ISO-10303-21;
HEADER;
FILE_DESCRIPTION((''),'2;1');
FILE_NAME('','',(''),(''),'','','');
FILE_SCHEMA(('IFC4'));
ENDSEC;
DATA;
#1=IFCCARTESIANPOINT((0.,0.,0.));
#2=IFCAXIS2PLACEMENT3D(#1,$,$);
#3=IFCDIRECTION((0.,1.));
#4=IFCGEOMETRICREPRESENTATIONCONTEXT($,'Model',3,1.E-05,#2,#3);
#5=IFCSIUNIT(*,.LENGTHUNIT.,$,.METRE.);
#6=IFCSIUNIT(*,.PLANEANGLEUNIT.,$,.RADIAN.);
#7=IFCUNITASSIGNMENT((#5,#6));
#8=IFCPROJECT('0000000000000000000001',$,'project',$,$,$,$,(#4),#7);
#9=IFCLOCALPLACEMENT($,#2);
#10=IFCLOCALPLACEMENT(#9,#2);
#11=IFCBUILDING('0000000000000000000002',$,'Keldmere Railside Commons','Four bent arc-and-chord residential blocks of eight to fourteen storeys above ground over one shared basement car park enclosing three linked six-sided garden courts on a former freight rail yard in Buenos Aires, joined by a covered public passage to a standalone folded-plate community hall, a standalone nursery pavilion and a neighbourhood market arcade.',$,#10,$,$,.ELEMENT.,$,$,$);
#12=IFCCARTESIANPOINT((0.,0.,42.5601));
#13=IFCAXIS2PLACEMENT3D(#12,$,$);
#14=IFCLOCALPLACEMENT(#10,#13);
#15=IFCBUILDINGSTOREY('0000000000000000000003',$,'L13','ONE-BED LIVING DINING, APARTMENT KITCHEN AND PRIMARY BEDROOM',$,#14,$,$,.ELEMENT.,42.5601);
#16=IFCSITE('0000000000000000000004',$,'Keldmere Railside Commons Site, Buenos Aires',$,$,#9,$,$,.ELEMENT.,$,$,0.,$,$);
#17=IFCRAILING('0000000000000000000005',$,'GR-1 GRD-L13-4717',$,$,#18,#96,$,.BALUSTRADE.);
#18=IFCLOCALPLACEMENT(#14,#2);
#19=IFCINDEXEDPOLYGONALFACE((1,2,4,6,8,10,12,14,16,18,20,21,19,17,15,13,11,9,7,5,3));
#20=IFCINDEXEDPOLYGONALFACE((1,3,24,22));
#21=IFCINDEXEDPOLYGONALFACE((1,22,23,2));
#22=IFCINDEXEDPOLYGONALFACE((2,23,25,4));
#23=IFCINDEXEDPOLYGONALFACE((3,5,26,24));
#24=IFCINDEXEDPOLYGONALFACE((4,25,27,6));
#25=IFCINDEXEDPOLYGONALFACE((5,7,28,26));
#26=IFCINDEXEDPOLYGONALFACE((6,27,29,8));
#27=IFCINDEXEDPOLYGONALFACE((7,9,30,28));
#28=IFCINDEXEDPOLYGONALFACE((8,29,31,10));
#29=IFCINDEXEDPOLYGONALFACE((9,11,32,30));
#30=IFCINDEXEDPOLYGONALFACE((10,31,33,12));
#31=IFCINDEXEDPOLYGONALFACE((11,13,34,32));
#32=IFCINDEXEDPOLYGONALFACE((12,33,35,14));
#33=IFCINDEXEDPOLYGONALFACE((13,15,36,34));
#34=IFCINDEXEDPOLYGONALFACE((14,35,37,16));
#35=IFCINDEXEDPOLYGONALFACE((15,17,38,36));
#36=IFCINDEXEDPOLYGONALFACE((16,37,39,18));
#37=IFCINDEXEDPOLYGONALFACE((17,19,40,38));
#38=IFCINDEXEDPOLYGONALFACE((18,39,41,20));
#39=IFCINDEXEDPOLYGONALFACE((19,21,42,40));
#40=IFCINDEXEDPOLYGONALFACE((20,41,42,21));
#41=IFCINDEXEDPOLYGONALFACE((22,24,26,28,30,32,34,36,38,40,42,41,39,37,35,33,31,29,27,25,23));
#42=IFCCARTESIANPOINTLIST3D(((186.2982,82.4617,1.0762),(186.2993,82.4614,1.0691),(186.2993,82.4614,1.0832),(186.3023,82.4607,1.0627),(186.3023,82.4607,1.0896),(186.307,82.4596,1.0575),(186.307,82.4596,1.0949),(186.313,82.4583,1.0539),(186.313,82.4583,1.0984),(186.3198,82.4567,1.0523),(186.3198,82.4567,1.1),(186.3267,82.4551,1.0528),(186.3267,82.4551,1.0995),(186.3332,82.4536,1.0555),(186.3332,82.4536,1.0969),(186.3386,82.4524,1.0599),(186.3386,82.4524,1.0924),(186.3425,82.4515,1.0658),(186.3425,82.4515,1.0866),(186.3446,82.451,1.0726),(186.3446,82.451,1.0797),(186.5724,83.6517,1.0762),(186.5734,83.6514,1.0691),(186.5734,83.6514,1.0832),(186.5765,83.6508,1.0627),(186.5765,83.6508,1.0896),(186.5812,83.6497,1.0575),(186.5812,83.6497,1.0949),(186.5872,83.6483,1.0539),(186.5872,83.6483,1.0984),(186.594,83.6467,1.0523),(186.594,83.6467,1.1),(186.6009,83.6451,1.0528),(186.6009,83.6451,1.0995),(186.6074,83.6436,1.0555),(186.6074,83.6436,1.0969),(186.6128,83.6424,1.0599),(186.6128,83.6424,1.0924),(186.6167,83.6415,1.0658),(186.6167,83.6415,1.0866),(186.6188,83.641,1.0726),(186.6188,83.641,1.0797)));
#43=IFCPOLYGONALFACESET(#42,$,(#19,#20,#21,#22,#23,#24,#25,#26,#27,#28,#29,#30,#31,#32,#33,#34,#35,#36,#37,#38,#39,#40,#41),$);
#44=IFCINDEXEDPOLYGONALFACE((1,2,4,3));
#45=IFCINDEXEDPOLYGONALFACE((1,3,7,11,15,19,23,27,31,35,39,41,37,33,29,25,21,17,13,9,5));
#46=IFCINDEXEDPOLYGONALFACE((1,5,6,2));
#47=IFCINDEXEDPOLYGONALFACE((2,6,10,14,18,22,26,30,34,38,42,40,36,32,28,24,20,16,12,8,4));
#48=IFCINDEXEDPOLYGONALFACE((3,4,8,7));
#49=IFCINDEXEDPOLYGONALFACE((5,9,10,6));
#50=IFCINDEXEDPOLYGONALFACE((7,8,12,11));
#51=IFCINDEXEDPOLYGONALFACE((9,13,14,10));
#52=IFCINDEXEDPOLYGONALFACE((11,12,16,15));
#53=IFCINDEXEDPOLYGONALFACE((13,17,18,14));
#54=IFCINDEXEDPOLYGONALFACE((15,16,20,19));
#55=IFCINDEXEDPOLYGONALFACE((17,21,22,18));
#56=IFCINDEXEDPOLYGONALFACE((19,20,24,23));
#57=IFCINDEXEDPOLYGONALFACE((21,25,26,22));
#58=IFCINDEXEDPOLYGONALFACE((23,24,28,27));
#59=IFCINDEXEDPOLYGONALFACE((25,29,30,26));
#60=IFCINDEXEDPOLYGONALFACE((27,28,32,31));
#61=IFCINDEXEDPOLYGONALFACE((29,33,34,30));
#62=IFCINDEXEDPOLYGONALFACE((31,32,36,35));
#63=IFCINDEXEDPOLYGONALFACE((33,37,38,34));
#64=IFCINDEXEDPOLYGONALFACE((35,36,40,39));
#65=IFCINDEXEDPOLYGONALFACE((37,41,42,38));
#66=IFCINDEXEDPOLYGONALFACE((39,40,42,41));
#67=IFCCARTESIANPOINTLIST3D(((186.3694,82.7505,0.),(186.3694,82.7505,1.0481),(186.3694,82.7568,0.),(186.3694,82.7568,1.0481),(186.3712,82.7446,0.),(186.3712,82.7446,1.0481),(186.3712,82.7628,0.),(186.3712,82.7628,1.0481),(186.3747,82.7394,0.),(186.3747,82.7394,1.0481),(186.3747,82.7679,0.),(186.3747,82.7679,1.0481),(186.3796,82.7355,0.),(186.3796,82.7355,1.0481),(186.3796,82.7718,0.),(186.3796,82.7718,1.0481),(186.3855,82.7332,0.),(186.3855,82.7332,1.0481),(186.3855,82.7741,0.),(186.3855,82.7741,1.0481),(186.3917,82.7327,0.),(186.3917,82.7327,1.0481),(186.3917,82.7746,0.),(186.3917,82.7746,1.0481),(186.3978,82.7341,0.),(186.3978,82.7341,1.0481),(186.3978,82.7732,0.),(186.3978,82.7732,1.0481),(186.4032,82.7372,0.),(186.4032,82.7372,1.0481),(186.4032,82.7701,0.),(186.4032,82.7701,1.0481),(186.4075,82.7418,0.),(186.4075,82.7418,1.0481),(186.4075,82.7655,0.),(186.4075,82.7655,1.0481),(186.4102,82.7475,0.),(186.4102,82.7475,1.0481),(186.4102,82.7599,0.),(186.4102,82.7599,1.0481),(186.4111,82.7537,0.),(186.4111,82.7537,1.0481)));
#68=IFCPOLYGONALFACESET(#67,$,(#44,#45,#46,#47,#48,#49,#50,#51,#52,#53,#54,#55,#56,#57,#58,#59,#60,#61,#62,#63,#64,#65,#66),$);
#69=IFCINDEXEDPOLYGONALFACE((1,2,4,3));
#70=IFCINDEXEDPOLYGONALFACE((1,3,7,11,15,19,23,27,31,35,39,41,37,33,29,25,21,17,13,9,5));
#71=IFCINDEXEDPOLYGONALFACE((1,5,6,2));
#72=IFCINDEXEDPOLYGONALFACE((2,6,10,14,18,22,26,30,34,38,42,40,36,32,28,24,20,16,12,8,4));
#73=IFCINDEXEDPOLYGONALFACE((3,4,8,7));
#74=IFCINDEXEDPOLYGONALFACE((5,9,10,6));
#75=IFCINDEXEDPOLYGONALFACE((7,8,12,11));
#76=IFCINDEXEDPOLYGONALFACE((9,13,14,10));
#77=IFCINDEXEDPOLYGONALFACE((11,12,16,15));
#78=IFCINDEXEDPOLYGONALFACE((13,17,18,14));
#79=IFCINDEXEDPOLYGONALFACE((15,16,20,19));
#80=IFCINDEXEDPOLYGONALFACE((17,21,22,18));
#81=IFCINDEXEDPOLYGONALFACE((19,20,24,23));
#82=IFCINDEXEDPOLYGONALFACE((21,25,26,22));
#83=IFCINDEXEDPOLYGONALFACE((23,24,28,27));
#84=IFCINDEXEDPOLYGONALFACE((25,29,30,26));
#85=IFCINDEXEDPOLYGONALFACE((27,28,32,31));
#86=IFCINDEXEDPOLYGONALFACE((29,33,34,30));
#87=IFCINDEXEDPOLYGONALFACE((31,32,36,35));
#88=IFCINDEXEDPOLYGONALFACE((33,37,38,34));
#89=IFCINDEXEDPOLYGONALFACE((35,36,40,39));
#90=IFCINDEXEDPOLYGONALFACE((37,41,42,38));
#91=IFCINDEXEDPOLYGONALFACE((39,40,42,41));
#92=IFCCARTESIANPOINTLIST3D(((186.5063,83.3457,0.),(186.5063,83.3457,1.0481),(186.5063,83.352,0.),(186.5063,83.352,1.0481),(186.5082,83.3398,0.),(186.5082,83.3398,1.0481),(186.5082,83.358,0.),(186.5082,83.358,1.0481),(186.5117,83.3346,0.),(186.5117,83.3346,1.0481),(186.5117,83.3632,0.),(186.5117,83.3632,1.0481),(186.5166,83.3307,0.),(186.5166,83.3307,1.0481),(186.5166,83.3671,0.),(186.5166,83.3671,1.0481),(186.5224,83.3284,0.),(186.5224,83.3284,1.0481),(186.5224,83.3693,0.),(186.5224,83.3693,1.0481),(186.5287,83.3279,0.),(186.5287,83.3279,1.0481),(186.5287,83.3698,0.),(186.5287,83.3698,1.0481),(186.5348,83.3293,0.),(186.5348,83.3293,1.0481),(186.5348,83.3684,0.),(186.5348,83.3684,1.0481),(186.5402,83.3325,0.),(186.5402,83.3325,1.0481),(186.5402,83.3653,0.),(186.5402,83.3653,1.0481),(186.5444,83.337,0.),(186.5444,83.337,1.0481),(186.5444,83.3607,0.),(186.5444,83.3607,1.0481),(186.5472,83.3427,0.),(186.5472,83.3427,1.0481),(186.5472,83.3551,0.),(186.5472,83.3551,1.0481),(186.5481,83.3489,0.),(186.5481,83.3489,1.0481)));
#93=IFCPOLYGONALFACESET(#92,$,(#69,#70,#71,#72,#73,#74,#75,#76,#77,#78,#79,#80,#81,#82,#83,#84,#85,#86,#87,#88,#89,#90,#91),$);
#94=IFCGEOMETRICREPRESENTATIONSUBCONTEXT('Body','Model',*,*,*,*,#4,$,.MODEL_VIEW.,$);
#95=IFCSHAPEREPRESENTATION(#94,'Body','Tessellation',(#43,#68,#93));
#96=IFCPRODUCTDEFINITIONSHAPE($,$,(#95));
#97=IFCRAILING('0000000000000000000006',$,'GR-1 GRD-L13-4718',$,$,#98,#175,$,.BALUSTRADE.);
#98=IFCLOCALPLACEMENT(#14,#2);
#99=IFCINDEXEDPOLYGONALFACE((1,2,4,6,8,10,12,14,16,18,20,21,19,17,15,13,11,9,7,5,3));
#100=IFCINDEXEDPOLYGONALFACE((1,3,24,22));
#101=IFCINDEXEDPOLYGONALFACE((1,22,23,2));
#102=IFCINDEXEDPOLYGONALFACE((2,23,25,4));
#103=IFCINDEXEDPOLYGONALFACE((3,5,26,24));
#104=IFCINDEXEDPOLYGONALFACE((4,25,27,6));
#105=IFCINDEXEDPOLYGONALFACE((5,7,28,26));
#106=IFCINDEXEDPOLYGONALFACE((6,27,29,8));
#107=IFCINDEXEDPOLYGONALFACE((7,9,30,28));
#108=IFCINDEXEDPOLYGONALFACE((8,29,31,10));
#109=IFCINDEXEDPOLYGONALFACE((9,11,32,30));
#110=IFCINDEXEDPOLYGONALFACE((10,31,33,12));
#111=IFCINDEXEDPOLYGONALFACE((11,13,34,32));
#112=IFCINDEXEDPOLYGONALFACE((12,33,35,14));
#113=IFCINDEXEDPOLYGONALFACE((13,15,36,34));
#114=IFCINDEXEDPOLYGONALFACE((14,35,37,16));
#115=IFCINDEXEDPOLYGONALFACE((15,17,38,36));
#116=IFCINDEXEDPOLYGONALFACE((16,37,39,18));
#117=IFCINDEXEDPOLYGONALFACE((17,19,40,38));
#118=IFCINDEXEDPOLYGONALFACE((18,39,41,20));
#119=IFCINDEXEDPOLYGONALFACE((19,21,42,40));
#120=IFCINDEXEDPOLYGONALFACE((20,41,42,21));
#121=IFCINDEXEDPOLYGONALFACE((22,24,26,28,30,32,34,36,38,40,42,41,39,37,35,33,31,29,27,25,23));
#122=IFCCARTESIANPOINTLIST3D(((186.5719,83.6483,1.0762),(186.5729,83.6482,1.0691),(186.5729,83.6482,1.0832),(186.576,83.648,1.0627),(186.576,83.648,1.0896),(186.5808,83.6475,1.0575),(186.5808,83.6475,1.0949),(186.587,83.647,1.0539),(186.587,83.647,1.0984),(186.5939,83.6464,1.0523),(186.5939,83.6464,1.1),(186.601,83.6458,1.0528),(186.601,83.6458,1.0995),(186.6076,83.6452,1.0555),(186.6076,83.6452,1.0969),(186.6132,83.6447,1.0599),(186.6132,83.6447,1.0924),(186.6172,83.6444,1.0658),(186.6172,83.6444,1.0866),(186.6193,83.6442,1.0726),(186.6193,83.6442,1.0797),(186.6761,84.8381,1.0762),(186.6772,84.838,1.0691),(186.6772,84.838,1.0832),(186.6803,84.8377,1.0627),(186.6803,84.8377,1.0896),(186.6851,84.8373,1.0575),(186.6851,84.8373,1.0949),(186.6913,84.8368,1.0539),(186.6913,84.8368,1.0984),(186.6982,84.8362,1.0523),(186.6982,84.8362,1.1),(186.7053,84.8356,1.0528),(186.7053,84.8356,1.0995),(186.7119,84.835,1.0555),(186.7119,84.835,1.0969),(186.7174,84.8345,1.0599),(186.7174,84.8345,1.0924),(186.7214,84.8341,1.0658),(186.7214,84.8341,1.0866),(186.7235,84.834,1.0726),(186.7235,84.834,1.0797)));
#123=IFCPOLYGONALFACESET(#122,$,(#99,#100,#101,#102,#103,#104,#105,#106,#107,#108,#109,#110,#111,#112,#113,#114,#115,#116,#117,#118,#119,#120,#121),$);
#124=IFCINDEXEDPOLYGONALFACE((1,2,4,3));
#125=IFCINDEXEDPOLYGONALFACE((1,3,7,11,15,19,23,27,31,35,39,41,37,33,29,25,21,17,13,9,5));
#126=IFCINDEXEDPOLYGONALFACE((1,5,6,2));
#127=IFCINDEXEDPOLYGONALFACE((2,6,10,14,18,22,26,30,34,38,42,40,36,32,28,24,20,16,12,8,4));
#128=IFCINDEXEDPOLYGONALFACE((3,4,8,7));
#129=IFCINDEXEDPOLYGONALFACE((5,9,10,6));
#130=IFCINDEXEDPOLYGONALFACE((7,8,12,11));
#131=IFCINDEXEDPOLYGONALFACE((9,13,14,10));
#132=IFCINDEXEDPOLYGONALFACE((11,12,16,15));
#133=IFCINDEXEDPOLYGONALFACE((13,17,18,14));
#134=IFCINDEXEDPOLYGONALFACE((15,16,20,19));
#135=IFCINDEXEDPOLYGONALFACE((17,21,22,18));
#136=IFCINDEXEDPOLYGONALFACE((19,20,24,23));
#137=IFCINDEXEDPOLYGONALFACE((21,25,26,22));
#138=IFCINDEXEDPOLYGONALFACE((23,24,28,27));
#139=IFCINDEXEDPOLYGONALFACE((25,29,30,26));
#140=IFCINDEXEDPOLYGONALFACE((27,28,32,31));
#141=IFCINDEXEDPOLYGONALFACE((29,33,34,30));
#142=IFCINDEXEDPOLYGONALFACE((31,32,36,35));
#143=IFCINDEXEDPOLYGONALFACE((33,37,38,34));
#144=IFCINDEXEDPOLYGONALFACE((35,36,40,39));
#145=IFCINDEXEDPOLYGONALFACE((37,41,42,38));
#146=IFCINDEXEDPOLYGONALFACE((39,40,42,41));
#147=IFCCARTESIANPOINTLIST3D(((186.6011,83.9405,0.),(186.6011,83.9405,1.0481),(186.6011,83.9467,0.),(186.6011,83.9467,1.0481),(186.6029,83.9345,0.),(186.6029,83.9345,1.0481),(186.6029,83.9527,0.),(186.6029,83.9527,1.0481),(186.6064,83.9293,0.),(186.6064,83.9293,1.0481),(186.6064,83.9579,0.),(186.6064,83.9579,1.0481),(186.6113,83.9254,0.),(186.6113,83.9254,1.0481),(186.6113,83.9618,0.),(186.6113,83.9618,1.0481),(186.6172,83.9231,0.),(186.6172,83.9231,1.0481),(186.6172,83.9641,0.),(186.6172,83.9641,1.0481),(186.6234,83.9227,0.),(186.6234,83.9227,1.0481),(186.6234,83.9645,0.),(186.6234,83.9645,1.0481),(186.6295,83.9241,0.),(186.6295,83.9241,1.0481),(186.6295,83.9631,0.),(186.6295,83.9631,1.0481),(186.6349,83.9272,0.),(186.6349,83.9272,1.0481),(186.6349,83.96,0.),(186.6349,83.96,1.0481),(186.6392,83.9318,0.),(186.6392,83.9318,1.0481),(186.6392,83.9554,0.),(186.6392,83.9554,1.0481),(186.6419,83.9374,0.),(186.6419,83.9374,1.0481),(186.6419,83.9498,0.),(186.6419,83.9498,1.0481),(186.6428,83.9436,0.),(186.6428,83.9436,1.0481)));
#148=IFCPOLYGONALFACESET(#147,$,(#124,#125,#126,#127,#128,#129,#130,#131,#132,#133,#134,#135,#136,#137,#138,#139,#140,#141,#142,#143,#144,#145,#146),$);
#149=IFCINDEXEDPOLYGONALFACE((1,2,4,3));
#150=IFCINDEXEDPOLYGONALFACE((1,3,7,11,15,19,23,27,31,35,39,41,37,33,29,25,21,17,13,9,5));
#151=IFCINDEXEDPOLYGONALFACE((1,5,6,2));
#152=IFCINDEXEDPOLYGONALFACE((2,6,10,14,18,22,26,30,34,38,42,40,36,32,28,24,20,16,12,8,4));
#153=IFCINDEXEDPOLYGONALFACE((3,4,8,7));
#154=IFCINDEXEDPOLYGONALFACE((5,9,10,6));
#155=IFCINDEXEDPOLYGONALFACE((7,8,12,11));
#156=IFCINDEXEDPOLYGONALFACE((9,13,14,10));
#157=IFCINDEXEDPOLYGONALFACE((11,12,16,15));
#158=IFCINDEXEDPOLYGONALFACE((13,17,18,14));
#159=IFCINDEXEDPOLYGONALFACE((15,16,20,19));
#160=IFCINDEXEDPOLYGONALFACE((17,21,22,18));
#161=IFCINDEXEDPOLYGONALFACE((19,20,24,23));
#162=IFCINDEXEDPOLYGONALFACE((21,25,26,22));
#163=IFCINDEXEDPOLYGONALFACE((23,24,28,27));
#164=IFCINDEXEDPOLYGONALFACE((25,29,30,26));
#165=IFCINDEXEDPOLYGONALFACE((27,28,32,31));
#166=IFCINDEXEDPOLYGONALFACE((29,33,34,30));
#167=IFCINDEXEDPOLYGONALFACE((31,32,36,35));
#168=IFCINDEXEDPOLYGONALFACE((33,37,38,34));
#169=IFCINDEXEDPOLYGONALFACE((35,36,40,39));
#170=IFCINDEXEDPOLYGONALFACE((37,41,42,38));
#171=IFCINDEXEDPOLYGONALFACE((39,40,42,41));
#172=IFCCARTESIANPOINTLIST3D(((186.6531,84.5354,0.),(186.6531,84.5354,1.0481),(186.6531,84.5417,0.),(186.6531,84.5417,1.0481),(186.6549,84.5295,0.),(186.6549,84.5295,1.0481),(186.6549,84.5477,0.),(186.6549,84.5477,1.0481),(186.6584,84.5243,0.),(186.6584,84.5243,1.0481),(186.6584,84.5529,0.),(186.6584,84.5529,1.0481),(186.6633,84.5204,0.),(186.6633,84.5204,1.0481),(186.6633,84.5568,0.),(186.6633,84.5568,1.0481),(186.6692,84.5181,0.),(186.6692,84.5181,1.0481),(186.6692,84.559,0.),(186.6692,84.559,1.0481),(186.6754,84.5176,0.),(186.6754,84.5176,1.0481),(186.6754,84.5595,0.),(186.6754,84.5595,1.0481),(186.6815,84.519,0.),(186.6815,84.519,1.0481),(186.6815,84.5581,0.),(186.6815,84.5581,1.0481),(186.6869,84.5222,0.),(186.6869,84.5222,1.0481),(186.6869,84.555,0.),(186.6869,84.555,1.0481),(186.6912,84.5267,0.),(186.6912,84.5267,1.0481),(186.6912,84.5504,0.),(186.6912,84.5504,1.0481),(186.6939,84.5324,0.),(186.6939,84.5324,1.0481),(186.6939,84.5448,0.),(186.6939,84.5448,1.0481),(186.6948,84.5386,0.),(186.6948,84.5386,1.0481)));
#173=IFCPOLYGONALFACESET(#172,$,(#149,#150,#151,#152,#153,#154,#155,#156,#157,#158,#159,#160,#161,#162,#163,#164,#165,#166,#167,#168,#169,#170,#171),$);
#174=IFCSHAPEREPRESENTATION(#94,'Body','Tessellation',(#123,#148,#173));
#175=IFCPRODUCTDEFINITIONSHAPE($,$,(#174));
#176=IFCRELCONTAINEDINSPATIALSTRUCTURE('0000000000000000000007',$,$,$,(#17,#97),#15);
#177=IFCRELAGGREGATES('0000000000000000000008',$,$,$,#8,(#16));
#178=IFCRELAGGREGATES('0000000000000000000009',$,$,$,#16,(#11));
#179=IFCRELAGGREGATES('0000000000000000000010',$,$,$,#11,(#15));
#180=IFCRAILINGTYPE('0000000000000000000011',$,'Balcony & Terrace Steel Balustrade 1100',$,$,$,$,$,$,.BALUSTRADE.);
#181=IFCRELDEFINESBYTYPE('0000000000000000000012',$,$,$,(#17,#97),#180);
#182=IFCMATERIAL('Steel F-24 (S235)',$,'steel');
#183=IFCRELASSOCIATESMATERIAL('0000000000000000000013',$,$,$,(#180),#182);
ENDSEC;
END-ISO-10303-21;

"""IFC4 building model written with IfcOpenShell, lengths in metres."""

from ifc_helpers import new_model, si_unit, direction, frame, origin, origin_2d, place, context, subcontext, project, spatial, circle, extrude, material, type_object, element, save


model = new_model("IFC4")

# Units and contexts
model_context = context("Model", 3, precision=1e-05, world=origin(), true_north=direction((0.0, 1.0)))
body_context = subcontext(model_context, "Body", "Model", "MODEL_VIEW")
ifc_project = project(units=[si_unit("LENGTHUNIT", "METRE"), si_unit("PLANEANGLEUNIT", "RADIAN")], contexts=[model_context])

# Site, building, storey
site_placement = place(None, origin())
site = spatial("IfcSite", under=ifc_project, at=site_placement, Name="Keldmere Railside Commons Site, Buenos Aires", CompositionType="ELEMENT", RefElevation=0.0)
building_placement = place(site_placement, origin())
building = spatial("IfcBuilding", under=site, at=building_placement, Name="Keldmere Railside Commons", Description="Four bent arc-and-chord residential blocks of eight to fourteen storeys above ground over one shared basement car park enclosing three linked six-sided garden courts on a former freight rail yard in Buenos Aires, joined by a covered public passage to a standalone folded-plate community hall, a standalone nursery pavilion and a neighbourhood market arcade.", CompositionType="ELEMENT")
storey_placement = place(building_placement, frame((0.0, 0.0, 42.5601)))
storey = spatial("IfcBuildingStorey", under=building, at=storey_placement, Name="L13", Description="ONE-BED LIVING DINING, APARTMENT KITCHEN AND PRIMARY BEDROOM", CompositionType="ELEMENT", Elevation=42.5601)

# Railings
ifc_material_1 = material(Name="Steel F-24 (S235)", Category="steel")
railing_type = type_object("IfcRailingType", Name="Balcony & Terrace Steel Balustrade 1100", PredefinedType="BALUSTRADE", material=ifc_material_1)
railing_1_placement = place(storey_placement, frame((186.3215, 82.4563, 0.0)))
element("IfcRailing", 1, at=railing_1_placement, inside=storey, type_object=railing_type, Name="GR-1 GRD-L13-4717", PredefinedType="BALUSTRADE", context=body_context, shape_type="SweptSolid", body=[
    extrude(circle(Radius=0.0239, at=origin_2d()), frame((0.0, 0.0, 1.0762), z_axis=(0.224524, 0.974469, 0.0), x_axis=(-0.974469, 0.224524, 0.0)), (0.0, 0.0, 1.0), 1.2212),
    extrude(circle(Radius=0.021, at=origin_2d()), frame((0.0686, 0.2974, 0.0)), (0.0, 0.0, 1.0), 1.0481),
    extrude(circle(Radius=0.021, at=origin_2d()), frame((0.2056, 0.8926, 0.0)), (0.0, 0.0, 1.0), 1.0481),
])
railing_2_placement = place(storey_placement, frame((186.5957, 83.6462, 0.0)))
element("IfcRailing", 2, at=railing_2_placement, inside=storey, type_object=railing_type, Name="GR-1 GRD-L13-4718", PredefinedType="BALUSTRADE", context=body_context, shape_type="SweptSolid", body=[
    extrude(circle(Radius=0.0239, at=origin_2d()), frame((0.0, 0.0, 1.0762), z_axis=(0.087291, 0.996183, 0.0), x_axis=(-0.996183, 0.087291, 0.0)), (0.0, 0.0, 1.0), 1.1943),
    extrude(circle(Radius=0.021, at=origin_2d()), frame((0.0261, 0.2974, 0.0)), (0.0, 0.0, 1.0), 1.0481),
    extrude(circle(Radius=0.021, at=origin_2d()), frame((0.0781, 0.8923, 0.0)), (0.0, 0.0, 1.0), 1.0481),
])

save(model, "model.ifc")
